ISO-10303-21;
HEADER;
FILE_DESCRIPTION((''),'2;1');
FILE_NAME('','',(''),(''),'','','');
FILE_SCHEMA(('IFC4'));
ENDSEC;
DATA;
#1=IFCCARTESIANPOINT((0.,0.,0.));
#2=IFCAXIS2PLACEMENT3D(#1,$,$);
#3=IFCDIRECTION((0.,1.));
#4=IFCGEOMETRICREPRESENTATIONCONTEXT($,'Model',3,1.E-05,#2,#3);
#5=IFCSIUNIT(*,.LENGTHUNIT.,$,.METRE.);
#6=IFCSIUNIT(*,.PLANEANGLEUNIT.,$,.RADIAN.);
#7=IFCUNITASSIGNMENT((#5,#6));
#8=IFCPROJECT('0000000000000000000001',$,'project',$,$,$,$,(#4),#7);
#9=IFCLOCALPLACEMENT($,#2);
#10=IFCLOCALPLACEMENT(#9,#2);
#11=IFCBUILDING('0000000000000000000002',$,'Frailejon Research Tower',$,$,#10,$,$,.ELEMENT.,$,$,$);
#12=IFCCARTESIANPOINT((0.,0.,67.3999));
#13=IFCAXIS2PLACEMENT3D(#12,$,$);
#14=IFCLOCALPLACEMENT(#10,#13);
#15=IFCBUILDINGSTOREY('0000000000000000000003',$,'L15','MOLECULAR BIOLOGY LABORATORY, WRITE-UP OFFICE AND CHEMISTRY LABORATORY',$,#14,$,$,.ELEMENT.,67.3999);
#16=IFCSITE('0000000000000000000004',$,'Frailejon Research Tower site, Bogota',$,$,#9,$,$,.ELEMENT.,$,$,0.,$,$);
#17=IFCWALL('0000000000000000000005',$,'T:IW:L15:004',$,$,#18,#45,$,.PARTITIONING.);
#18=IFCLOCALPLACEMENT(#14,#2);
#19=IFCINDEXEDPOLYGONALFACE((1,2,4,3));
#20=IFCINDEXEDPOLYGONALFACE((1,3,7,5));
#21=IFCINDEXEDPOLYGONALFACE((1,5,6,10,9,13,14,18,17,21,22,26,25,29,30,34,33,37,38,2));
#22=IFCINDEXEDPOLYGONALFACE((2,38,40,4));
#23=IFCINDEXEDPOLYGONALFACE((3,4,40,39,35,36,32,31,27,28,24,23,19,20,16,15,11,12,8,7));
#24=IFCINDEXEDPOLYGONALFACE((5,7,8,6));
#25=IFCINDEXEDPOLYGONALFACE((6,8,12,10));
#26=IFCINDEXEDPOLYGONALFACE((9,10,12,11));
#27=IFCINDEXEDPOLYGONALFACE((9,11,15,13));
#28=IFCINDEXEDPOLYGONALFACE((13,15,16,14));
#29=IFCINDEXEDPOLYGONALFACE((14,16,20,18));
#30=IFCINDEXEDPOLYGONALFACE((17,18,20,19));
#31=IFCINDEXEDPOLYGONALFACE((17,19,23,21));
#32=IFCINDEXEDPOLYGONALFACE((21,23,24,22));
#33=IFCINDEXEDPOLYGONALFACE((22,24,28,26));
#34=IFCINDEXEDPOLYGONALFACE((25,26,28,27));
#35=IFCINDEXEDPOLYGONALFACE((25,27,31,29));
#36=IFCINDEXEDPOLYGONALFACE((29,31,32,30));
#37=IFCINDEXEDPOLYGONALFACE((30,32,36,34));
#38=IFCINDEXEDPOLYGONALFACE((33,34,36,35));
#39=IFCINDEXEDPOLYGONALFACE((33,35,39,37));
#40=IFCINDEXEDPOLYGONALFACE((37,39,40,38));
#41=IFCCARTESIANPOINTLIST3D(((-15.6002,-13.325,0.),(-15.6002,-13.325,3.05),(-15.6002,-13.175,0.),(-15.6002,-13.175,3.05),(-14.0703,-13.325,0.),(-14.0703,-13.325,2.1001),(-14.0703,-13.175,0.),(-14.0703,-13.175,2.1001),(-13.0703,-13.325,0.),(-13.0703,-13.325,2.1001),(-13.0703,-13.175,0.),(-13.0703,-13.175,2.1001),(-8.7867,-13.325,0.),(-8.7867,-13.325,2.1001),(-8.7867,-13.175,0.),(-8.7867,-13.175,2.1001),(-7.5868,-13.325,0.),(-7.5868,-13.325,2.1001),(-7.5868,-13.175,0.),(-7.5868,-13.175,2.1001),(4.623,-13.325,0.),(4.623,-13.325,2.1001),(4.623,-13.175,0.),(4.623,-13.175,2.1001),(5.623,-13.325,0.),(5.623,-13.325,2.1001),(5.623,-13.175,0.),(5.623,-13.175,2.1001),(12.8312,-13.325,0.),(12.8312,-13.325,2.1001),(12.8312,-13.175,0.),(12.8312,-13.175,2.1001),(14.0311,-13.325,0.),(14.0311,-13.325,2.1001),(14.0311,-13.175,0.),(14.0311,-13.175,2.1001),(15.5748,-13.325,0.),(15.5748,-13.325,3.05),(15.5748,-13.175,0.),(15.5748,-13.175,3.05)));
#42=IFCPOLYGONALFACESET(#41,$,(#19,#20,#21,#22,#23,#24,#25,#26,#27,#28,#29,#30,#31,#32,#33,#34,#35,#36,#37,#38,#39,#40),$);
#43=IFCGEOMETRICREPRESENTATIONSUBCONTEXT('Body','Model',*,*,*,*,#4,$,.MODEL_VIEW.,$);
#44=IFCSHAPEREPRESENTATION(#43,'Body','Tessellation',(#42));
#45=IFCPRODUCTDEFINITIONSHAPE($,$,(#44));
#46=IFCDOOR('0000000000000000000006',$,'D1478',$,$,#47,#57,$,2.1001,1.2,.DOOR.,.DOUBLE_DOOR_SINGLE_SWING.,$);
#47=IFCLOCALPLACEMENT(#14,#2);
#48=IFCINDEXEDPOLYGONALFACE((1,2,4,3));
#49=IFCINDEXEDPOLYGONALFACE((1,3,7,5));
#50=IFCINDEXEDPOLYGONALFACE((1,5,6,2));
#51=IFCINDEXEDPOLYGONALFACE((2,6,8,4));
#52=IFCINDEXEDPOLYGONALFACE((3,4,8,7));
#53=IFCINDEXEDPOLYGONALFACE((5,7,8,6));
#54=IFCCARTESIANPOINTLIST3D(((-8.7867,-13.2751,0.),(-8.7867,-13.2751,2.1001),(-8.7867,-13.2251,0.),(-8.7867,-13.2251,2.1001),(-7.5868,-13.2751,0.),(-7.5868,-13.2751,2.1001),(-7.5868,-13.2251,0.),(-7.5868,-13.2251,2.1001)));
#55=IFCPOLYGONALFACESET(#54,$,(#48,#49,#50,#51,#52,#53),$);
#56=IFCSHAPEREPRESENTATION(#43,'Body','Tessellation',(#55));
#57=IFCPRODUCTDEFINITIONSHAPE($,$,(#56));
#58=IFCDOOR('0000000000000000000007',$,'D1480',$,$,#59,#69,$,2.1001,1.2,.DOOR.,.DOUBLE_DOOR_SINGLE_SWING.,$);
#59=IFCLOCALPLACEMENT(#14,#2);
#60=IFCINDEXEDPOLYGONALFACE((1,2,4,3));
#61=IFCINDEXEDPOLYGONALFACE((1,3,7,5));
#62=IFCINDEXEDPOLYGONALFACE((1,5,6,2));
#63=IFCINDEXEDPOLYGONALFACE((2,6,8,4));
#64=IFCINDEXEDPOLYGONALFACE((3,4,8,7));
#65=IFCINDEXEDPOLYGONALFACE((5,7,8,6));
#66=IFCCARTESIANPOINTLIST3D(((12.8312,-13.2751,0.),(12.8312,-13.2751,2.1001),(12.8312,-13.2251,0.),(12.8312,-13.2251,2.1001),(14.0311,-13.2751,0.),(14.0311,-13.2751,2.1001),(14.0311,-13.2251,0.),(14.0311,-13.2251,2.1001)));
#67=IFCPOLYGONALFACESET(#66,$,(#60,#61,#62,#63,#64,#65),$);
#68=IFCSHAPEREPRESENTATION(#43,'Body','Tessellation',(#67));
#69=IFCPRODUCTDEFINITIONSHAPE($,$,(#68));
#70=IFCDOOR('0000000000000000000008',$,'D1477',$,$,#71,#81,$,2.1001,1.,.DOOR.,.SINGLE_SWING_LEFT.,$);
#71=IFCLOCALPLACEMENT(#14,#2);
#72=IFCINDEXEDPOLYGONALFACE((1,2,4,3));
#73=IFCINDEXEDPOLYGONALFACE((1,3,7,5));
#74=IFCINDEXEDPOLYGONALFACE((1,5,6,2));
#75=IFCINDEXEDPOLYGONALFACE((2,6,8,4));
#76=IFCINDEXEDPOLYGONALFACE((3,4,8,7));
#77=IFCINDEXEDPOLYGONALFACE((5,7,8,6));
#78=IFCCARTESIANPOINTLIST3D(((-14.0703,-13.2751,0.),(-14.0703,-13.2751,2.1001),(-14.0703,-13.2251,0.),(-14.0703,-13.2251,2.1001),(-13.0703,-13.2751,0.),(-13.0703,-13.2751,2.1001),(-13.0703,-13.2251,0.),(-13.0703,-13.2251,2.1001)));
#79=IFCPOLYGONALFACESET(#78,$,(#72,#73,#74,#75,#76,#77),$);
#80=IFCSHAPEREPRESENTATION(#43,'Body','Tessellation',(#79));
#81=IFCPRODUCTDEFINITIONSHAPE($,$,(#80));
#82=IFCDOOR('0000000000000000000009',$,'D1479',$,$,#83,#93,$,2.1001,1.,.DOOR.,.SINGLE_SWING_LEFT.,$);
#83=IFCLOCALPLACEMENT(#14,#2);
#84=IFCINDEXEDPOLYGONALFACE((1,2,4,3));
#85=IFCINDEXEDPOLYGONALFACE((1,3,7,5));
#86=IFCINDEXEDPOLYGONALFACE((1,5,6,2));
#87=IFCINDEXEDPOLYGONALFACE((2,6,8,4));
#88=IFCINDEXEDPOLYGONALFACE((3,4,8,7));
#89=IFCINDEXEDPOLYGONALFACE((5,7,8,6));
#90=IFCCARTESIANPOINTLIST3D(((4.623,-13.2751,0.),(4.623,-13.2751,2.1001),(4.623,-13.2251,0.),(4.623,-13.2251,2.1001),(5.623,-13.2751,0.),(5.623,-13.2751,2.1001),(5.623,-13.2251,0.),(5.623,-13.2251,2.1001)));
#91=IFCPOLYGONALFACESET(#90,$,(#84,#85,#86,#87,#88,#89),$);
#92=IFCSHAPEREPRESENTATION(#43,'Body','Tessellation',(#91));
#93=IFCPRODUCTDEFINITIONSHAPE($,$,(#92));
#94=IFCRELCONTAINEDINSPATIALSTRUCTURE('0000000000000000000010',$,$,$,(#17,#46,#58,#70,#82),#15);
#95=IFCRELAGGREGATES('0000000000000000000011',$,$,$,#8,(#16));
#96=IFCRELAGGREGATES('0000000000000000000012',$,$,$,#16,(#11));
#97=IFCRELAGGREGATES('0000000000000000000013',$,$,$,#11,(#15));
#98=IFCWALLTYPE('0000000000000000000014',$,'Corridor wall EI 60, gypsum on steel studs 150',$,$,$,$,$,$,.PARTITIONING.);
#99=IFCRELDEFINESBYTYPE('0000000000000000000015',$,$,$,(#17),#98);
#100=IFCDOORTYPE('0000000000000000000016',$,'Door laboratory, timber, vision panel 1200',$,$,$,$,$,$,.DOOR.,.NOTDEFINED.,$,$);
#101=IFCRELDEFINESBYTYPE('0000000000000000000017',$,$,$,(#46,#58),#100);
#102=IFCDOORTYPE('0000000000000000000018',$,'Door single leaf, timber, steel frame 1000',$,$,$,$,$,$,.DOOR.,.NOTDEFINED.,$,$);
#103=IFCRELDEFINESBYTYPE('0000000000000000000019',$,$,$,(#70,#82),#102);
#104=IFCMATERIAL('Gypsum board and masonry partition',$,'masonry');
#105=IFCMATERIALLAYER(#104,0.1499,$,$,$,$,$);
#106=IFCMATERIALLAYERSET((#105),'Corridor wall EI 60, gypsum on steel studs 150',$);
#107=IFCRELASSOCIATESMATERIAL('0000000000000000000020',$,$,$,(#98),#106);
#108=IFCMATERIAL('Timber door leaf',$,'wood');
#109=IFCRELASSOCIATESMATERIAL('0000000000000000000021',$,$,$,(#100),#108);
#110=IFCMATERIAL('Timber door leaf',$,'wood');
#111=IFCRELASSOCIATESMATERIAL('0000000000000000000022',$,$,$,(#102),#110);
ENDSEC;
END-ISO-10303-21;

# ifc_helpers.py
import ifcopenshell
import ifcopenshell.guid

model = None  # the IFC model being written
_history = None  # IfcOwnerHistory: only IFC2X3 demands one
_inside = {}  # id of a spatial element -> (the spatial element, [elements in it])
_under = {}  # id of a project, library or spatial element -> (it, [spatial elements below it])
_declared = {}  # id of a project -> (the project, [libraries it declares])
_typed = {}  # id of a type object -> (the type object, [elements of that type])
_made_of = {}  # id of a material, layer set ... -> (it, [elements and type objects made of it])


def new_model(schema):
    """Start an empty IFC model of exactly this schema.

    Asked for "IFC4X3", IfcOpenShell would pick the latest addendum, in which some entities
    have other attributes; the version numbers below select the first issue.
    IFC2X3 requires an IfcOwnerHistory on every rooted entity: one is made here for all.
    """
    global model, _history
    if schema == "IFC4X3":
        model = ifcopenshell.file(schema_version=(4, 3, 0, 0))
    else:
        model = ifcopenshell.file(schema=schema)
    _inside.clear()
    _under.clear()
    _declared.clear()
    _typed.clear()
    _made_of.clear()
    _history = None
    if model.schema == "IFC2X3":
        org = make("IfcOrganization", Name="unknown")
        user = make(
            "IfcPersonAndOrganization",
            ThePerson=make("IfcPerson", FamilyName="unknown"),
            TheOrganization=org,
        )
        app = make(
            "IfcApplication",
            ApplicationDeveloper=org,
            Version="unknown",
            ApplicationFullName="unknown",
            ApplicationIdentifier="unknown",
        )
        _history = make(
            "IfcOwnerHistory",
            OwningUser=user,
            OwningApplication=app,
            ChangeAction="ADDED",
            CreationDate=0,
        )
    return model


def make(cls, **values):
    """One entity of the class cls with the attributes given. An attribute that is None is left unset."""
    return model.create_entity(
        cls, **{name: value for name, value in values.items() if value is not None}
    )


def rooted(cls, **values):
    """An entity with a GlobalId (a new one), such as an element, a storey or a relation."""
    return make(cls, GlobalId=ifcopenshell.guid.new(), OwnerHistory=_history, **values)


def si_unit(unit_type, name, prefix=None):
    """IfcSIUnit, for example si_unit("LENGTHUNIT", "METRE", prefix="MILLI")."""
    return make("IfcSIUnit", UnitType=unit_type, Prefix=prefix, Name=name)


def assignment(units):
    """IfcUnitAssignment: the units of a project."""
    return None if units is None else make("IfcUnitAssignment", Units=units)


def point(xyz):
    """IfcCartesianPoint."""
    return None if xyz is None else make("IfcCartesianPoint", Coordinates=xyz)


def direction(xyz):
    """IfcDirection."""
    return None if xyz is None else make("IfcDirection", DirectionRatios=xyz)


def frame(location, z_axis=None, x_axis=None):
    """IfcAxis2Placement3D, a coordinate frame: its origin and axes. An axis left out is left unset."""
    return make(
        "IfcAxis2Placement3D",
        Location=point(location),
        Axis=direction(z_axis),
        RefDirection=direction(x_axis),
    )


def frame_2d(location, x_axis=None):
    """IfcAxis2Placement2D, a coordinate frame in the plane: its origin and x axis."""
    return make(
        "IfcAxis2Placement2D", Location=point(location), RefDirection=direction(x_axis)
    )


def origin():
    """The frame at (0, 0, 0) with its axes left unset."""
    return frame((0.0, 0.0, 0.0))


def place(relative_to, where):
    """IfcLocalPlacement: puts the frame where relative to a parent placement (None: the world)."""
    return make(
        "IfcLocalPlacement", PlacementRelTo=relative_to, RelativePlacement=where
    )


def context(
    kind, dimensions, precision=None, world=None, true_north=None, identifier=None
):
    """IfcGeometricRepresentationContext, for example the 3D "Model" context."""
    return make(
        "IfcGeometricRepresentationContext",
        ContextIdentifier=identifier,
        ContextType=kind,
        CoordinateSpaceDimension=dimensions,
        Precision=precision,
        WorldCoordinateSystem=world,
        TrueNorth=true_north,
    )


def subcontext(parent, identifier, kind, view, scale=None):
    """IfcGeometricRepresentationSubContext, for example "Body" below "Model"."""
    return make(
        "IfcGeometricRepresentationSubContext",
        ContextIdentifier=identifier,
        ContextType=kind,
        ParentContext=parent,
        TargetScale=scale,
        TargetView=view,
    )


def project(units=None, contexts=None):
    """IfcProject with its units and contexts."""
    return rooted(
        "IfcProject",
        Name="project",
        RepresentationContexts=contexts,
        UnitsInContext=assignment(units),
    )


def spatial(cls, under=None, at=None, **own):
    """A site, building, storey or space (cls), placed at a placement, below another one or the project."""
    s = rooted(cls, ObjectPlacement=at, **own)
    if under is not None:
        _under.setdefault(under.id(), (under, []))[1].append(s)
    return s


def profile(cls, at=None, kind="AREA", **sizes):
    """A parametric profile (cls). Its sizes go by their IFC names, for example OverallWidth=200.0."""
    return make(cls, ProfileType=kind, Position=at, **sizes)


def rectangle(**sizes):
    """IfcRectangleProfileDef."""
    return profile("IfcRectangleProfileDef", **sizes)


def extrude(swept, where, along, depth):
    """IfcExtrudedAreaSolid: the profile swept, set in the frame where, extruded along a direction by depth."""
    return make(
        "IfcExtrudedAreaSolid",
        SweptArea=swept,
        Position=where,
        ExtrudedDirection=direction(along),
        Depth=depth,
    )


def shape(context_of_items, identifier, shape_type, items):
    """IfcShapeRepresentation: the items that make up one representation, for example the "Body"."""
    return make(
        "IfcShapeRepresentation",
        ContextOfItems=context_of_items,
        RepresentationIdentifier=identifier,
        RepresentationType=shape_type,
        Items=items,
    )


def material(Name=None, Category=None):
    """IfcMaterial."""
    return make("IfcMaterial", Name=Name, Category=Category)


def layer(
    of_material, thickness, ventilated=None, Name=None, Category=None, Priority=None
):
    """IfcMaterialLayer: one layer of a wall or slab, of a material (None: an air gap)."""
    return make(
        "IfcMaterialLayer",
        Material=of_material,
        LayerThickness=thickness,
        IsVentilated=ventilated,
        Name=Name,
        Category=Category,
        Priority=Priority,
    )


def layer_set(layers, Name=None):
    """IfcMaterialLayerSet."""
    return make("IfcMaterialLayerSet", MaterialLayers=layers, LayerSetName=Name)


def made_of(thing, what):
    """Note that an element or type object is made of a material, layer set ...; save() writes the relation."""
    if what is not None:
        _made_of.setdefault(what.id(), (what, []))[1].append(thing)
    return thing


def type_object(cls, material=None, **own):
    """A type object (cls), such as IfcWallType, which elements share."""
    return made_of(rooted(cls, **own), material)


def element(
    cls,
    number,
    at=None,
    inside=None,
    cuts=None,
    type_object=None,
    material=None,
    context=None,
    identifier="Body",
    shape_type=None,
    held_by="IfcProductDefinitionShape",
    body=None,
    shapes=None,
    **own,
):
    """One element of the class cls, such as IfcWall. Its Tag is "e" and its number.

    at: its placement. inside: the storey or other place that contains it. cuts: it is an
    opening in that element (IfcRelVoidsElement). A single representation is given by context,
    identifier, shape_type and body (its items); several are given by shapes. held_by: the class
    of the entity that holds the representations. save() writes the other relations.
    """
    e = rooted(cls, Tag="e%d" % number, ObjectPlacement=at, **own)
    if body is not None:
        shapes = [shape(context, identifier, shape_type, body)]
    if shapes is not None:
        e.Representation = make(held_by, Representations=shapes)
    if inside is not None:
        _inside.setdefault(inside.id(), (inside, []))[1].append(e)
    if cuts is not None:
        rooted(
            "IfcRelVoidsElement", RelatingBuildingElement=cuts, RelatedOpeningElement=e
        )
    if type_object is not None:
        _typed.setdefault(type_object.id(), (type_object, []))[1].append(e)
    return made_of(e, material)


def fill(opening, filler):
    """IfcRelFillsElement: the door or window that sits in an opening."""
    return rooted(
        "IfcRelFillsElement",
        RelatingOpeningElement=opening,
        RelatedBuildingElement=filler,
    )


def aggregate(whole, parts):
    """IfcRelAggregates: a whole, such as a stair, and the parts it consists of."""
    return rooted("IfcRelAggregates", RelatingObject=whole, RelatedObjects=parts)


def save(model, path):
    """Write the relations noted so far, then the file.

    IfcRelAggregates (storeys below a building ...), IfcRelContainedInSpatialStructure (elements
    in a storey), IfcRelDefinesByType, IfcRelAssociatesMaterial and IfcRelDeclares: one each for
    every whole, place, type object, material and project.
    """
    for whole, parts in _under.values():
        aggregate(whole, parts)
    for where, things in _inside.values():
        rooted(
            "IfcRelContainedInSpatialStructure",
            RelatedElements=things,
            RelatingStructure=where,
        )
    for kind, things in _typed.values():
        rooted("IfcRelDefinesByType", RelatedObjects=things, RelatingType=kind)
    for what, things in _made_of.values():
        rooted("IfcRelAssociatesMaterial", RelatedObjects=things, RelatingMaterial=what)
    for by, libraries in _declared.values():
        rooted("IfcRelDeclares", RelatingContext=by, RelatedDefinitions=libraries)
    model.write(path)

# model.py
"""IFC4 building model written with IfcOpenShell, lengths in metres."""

from ifc_helpers import new_model, si_unit, direction, frame, frame_2d, origin, place, context, subcontext, project, spatial, rectangle, extrude, material, layer, layer_set, type_object, element, fill, save


model = new_model("IFC4")

# Units and contexts
model_context = context("Model", 3, precision=1e-05, world=origin(), true_north=direction((0.0, 1.0)))
body_context = subcontext(model_context, "Body", "Model", "MODEL_VIEW")
ifc_project = project(units=[si_unit("LENGTHUNIT", "METRE"), si_unit("PLANEANGLEUNIT", "RADIAN")], contexts=[model_context])

# Site, building, storey
site_placement = place(None, origin())
site = spatial("IfcSite", under=ifc_project, at=site_placement, Name="Frailejon Research Tower site, Bogota", CompositionType="ELEMENT", RefElevation=0.0)
building_placement = place(site_placement, origin())
building = spatial("IfcBuilding", under=site, at=building_placement, Name="Frailejon Research Tower", CompositionType="ELEMENT")
storey_placement = place(building_placement, frame((0.0, 0.0, 67.3999)))
storey = spatial("IfcBuildingStorey", under=building, at=storey_placement, Name="L15", Description="MOLECULAR BIOLOGY LABORATORY, WRITE-UP OFFICE AND CHEMISTRY LABORATORY", CompositionType="ELEMENT", Elevation=67.3999)

# Wall, openings, doors
ifc_material_1 = material(Name="Gypsum board and masonry partition", Category="masonry")
ifc_layer_1 = layer(ifc_material_1, 0.1499)
ifc_layer_set_1 = layer_set([ifc_layer_1], Name="Corridor wall EI 60, gypsum on steel studs 150")
wall_type_1 = type_object("IfcWallType", Name="Corridor wall EI 60, gypsum on steel studs 150", PredefinedType="PARTITIONING", material=ifc_layer_set_1)
ifc_material_2 = material(Name="Timber door leaf", Category="wood")
door_type_1 = type_object("IfcDoorType", Name="Door laboratory, timber, vision panel 1200", OperationType="NOTDEFINED", PredefinedType="DOOR", material=ifc_material_2)
ifc_material_3 = material(Name="Timber door leaf", Category="wood")
door_type_2 = type_object("IfcDoorType", Name="Door single leaf, timber, steel frame 1000", OperationType="NOTDEFINED", PredefinedType="DOOR", material=ifc_material_3)
wall_1_placement = place(storey_placement, frame((-15.6001, -13.25, 0.0), z_axis=(0.0, 0.0, 1.0), x_axis=(1.0, 0.0, 0.0)))
wall_1 = element("IfcWall", 1, at=wall_1_placement, inside=storey, type_object=wall_type_1, Name="T:IW:L15:004", PredefinedType="PARTITIONING", context=body_context, shape_type="SweptSolid", body=[
    extrude(rectangle(XDim=31.175, YDim=0.1499, at=frame_2d((15.5874, 0.0))), origin(), (0.0, 0.0, 1.0), 3.05),
])
opening_1_placement = place(wall_1_placement, frame((1.5298, 0.0, 0.0)))
opening_1 = element("IfcOpeningElement", 2, at=opening_1_placement, cuts=wall_1, PredefinedType="OPENING", context=body_context, shape_type="SweptSolid", body=[
    extrude(rectangle(XDim=1.0, YDim=2.1001, at=frame_2d((0.5, 1.05))), frame((0.0, 0.085, 0.0), z_axis=(0.0, -1.0, 0.0), x_axis=(1.0, 0.0, 0.0)), (0.0, 0.0, 1.0), 0.1699),
])
opening_2_placement = place(wall_1_placement, frame((6.8132, 0.0, 0.0)))
opening_2 = element("IfcOpeningElement", 3, at=opening_2_placement, cuts=wall_1, PredefinedType="OPENING", context=body_context, shape_type="SweptSolid", body=[
    extrude(rectangle(XDim=1.2, YDim=2.1001, at=frame_2d((0.6001, 1.05))), frame((0.0, 0.085, 0.0), z_axis=(0.0, -1.0, 0.0), x_axis=(1.0, 0.0, 0.0)), (0.0, 0.0, 1.0), 0.1699),
])
opening_3_placement = place(wall_1_placement, frame((20.2231, 0.0, 0.0)))
opening_3 = element("IfcOpeningElement", 4, at=opening_3_placement, cuts=wall_1, PredefinedType="OPENING", context=body_context, shape_type="SweptSolid", body=[
    extrude(rectangle(XDim=1.0, YDim=2.1001, at=frame_2d((0.5, 1.05))), frame((0.0, 0.085, 0.0), z_axis=(0.0, -1.0, 0.0), x_axis=(1.0, 0.0, 0.0)), (0.0, 0.0, 1.0), 0.1699),
])
opening_4_placement = place(wall_1_placement, frame((28.4312, 0.0, 0.0)))
opening_4 = element("IfcOpeningElement", 5, at=opening_4_placement, cuts=wall_1, PredefinedType="OPENING", context=body_context, shape_type="SweptSolid", body=[
    extrude(rectangle(XDim=1.2, YDim=2.1001, at=frame_2d((0.6001, 1.05))), frame((0.0, 0.085, 0.0), z_axis=(0.0, -1.0, 0.0), x_axis=(1.0, 0.0, 0.0)), (0.0, 0.0, 1.0), 0.1699),
])
door_1_placement = place(opening_2_placement, origin())
door_1 = element("IfcDoor", 6, at=door_1_placement, inside=storey, type_object=door_type_1, Name="D1478", OperationType="DOUBLE_DOOR_SINGLE_SWING", OverallHeight=2.1001, OverallWidth=1.2, PredefinedType="DOOR", context=body_context, shape_type="SweptSolid", body=[
    extrude(rectangle(XDim=1.2, YDim=2.1001, at=frame_2d((0.6001, 1.05))), frame((0.0, 0.0249, 0.0), z_axis=(0.0, -1.0, 0.0), x_axis=(1.0, 0.0, 0.0)), (0.0, 0.0, 1.0), 0.05),
])
fill(opening_2, door_1)
door_2_placement = place(opening_4_placement, origin())
door_2 = element("IfcDoor", 7, at=door_2_placement, inside=storey, type_object=door_type_1, Name="D1480", OperationType="DOUBLE_DOOR_SINGLE_SWING", OverallHeight=2.1001, OverallWidth=1.2, PredefinedType="DOOR", context=body_context, shape_type="SweptSolid", body=[
    extrude(rectangle(XDim=1.2, YDim=2.1001, at=frame_2d((0.6001, 1.05))), frame((0.0, 0.0249, 0.0), z_axis=(0.0, -1.0, 0.0), x_axis=(1.0, 0.0, 0.0)), (0.0, 0.0, 1.0), 0.05),
])
fill(opening_4, door_2)
door_3_placement = place(opening_1_placement, origin())
door_3 = element("IfcDoor", 8, at=door_3_placement, inside=storey, type_object=door_type_2, Name="D1477", OperationType="SINGLE_SWING_LEFT", OverallHeight=2.1001, OverallWidth=1.0, PredefinedType="DOOR", context=body_context, shape_type="SweptSolid", body=[
    extrude(rectangle(XDim=1.0, YDim=2.1001, at=frame_2d((0.5, 1.05))), frame((0.0, 0.0249, 0.0), z_axis=(0.0, -1.0, 0.0), x_axis=(1.0, 0.0, 0.0)), (0.0, 0.0, 1.0), 0.05),
])
fill(opening_1, door_3)
door_4_placement = place(opening_3_placement, origin())
door_4 = element("IfcDoor", 9, at=door_4_placement, inside=storey, type_object=door_type_2, Name="D1479", OperationType="SINGLE_SWING_LEFT", OverallHeight=2.1001, OverallWidth=1.0, PredefinedType="DOOR", context=body_context, shape_type="SweptSolid", body=[
    extrude(rectangle(XDim=1.0, YDim=2.1001, at=frame_2d((0.5, 1.05))), frame((0.0, 0.0249, 0.0), z_axis=(0.0, -1.0, 0.0), x_axis=(1.0, 0.0, 0.0)), (0.0, 0.0, 1.0), 0.05),
])
fill(opening_3, door_4)

save(model, "model.ifc")
